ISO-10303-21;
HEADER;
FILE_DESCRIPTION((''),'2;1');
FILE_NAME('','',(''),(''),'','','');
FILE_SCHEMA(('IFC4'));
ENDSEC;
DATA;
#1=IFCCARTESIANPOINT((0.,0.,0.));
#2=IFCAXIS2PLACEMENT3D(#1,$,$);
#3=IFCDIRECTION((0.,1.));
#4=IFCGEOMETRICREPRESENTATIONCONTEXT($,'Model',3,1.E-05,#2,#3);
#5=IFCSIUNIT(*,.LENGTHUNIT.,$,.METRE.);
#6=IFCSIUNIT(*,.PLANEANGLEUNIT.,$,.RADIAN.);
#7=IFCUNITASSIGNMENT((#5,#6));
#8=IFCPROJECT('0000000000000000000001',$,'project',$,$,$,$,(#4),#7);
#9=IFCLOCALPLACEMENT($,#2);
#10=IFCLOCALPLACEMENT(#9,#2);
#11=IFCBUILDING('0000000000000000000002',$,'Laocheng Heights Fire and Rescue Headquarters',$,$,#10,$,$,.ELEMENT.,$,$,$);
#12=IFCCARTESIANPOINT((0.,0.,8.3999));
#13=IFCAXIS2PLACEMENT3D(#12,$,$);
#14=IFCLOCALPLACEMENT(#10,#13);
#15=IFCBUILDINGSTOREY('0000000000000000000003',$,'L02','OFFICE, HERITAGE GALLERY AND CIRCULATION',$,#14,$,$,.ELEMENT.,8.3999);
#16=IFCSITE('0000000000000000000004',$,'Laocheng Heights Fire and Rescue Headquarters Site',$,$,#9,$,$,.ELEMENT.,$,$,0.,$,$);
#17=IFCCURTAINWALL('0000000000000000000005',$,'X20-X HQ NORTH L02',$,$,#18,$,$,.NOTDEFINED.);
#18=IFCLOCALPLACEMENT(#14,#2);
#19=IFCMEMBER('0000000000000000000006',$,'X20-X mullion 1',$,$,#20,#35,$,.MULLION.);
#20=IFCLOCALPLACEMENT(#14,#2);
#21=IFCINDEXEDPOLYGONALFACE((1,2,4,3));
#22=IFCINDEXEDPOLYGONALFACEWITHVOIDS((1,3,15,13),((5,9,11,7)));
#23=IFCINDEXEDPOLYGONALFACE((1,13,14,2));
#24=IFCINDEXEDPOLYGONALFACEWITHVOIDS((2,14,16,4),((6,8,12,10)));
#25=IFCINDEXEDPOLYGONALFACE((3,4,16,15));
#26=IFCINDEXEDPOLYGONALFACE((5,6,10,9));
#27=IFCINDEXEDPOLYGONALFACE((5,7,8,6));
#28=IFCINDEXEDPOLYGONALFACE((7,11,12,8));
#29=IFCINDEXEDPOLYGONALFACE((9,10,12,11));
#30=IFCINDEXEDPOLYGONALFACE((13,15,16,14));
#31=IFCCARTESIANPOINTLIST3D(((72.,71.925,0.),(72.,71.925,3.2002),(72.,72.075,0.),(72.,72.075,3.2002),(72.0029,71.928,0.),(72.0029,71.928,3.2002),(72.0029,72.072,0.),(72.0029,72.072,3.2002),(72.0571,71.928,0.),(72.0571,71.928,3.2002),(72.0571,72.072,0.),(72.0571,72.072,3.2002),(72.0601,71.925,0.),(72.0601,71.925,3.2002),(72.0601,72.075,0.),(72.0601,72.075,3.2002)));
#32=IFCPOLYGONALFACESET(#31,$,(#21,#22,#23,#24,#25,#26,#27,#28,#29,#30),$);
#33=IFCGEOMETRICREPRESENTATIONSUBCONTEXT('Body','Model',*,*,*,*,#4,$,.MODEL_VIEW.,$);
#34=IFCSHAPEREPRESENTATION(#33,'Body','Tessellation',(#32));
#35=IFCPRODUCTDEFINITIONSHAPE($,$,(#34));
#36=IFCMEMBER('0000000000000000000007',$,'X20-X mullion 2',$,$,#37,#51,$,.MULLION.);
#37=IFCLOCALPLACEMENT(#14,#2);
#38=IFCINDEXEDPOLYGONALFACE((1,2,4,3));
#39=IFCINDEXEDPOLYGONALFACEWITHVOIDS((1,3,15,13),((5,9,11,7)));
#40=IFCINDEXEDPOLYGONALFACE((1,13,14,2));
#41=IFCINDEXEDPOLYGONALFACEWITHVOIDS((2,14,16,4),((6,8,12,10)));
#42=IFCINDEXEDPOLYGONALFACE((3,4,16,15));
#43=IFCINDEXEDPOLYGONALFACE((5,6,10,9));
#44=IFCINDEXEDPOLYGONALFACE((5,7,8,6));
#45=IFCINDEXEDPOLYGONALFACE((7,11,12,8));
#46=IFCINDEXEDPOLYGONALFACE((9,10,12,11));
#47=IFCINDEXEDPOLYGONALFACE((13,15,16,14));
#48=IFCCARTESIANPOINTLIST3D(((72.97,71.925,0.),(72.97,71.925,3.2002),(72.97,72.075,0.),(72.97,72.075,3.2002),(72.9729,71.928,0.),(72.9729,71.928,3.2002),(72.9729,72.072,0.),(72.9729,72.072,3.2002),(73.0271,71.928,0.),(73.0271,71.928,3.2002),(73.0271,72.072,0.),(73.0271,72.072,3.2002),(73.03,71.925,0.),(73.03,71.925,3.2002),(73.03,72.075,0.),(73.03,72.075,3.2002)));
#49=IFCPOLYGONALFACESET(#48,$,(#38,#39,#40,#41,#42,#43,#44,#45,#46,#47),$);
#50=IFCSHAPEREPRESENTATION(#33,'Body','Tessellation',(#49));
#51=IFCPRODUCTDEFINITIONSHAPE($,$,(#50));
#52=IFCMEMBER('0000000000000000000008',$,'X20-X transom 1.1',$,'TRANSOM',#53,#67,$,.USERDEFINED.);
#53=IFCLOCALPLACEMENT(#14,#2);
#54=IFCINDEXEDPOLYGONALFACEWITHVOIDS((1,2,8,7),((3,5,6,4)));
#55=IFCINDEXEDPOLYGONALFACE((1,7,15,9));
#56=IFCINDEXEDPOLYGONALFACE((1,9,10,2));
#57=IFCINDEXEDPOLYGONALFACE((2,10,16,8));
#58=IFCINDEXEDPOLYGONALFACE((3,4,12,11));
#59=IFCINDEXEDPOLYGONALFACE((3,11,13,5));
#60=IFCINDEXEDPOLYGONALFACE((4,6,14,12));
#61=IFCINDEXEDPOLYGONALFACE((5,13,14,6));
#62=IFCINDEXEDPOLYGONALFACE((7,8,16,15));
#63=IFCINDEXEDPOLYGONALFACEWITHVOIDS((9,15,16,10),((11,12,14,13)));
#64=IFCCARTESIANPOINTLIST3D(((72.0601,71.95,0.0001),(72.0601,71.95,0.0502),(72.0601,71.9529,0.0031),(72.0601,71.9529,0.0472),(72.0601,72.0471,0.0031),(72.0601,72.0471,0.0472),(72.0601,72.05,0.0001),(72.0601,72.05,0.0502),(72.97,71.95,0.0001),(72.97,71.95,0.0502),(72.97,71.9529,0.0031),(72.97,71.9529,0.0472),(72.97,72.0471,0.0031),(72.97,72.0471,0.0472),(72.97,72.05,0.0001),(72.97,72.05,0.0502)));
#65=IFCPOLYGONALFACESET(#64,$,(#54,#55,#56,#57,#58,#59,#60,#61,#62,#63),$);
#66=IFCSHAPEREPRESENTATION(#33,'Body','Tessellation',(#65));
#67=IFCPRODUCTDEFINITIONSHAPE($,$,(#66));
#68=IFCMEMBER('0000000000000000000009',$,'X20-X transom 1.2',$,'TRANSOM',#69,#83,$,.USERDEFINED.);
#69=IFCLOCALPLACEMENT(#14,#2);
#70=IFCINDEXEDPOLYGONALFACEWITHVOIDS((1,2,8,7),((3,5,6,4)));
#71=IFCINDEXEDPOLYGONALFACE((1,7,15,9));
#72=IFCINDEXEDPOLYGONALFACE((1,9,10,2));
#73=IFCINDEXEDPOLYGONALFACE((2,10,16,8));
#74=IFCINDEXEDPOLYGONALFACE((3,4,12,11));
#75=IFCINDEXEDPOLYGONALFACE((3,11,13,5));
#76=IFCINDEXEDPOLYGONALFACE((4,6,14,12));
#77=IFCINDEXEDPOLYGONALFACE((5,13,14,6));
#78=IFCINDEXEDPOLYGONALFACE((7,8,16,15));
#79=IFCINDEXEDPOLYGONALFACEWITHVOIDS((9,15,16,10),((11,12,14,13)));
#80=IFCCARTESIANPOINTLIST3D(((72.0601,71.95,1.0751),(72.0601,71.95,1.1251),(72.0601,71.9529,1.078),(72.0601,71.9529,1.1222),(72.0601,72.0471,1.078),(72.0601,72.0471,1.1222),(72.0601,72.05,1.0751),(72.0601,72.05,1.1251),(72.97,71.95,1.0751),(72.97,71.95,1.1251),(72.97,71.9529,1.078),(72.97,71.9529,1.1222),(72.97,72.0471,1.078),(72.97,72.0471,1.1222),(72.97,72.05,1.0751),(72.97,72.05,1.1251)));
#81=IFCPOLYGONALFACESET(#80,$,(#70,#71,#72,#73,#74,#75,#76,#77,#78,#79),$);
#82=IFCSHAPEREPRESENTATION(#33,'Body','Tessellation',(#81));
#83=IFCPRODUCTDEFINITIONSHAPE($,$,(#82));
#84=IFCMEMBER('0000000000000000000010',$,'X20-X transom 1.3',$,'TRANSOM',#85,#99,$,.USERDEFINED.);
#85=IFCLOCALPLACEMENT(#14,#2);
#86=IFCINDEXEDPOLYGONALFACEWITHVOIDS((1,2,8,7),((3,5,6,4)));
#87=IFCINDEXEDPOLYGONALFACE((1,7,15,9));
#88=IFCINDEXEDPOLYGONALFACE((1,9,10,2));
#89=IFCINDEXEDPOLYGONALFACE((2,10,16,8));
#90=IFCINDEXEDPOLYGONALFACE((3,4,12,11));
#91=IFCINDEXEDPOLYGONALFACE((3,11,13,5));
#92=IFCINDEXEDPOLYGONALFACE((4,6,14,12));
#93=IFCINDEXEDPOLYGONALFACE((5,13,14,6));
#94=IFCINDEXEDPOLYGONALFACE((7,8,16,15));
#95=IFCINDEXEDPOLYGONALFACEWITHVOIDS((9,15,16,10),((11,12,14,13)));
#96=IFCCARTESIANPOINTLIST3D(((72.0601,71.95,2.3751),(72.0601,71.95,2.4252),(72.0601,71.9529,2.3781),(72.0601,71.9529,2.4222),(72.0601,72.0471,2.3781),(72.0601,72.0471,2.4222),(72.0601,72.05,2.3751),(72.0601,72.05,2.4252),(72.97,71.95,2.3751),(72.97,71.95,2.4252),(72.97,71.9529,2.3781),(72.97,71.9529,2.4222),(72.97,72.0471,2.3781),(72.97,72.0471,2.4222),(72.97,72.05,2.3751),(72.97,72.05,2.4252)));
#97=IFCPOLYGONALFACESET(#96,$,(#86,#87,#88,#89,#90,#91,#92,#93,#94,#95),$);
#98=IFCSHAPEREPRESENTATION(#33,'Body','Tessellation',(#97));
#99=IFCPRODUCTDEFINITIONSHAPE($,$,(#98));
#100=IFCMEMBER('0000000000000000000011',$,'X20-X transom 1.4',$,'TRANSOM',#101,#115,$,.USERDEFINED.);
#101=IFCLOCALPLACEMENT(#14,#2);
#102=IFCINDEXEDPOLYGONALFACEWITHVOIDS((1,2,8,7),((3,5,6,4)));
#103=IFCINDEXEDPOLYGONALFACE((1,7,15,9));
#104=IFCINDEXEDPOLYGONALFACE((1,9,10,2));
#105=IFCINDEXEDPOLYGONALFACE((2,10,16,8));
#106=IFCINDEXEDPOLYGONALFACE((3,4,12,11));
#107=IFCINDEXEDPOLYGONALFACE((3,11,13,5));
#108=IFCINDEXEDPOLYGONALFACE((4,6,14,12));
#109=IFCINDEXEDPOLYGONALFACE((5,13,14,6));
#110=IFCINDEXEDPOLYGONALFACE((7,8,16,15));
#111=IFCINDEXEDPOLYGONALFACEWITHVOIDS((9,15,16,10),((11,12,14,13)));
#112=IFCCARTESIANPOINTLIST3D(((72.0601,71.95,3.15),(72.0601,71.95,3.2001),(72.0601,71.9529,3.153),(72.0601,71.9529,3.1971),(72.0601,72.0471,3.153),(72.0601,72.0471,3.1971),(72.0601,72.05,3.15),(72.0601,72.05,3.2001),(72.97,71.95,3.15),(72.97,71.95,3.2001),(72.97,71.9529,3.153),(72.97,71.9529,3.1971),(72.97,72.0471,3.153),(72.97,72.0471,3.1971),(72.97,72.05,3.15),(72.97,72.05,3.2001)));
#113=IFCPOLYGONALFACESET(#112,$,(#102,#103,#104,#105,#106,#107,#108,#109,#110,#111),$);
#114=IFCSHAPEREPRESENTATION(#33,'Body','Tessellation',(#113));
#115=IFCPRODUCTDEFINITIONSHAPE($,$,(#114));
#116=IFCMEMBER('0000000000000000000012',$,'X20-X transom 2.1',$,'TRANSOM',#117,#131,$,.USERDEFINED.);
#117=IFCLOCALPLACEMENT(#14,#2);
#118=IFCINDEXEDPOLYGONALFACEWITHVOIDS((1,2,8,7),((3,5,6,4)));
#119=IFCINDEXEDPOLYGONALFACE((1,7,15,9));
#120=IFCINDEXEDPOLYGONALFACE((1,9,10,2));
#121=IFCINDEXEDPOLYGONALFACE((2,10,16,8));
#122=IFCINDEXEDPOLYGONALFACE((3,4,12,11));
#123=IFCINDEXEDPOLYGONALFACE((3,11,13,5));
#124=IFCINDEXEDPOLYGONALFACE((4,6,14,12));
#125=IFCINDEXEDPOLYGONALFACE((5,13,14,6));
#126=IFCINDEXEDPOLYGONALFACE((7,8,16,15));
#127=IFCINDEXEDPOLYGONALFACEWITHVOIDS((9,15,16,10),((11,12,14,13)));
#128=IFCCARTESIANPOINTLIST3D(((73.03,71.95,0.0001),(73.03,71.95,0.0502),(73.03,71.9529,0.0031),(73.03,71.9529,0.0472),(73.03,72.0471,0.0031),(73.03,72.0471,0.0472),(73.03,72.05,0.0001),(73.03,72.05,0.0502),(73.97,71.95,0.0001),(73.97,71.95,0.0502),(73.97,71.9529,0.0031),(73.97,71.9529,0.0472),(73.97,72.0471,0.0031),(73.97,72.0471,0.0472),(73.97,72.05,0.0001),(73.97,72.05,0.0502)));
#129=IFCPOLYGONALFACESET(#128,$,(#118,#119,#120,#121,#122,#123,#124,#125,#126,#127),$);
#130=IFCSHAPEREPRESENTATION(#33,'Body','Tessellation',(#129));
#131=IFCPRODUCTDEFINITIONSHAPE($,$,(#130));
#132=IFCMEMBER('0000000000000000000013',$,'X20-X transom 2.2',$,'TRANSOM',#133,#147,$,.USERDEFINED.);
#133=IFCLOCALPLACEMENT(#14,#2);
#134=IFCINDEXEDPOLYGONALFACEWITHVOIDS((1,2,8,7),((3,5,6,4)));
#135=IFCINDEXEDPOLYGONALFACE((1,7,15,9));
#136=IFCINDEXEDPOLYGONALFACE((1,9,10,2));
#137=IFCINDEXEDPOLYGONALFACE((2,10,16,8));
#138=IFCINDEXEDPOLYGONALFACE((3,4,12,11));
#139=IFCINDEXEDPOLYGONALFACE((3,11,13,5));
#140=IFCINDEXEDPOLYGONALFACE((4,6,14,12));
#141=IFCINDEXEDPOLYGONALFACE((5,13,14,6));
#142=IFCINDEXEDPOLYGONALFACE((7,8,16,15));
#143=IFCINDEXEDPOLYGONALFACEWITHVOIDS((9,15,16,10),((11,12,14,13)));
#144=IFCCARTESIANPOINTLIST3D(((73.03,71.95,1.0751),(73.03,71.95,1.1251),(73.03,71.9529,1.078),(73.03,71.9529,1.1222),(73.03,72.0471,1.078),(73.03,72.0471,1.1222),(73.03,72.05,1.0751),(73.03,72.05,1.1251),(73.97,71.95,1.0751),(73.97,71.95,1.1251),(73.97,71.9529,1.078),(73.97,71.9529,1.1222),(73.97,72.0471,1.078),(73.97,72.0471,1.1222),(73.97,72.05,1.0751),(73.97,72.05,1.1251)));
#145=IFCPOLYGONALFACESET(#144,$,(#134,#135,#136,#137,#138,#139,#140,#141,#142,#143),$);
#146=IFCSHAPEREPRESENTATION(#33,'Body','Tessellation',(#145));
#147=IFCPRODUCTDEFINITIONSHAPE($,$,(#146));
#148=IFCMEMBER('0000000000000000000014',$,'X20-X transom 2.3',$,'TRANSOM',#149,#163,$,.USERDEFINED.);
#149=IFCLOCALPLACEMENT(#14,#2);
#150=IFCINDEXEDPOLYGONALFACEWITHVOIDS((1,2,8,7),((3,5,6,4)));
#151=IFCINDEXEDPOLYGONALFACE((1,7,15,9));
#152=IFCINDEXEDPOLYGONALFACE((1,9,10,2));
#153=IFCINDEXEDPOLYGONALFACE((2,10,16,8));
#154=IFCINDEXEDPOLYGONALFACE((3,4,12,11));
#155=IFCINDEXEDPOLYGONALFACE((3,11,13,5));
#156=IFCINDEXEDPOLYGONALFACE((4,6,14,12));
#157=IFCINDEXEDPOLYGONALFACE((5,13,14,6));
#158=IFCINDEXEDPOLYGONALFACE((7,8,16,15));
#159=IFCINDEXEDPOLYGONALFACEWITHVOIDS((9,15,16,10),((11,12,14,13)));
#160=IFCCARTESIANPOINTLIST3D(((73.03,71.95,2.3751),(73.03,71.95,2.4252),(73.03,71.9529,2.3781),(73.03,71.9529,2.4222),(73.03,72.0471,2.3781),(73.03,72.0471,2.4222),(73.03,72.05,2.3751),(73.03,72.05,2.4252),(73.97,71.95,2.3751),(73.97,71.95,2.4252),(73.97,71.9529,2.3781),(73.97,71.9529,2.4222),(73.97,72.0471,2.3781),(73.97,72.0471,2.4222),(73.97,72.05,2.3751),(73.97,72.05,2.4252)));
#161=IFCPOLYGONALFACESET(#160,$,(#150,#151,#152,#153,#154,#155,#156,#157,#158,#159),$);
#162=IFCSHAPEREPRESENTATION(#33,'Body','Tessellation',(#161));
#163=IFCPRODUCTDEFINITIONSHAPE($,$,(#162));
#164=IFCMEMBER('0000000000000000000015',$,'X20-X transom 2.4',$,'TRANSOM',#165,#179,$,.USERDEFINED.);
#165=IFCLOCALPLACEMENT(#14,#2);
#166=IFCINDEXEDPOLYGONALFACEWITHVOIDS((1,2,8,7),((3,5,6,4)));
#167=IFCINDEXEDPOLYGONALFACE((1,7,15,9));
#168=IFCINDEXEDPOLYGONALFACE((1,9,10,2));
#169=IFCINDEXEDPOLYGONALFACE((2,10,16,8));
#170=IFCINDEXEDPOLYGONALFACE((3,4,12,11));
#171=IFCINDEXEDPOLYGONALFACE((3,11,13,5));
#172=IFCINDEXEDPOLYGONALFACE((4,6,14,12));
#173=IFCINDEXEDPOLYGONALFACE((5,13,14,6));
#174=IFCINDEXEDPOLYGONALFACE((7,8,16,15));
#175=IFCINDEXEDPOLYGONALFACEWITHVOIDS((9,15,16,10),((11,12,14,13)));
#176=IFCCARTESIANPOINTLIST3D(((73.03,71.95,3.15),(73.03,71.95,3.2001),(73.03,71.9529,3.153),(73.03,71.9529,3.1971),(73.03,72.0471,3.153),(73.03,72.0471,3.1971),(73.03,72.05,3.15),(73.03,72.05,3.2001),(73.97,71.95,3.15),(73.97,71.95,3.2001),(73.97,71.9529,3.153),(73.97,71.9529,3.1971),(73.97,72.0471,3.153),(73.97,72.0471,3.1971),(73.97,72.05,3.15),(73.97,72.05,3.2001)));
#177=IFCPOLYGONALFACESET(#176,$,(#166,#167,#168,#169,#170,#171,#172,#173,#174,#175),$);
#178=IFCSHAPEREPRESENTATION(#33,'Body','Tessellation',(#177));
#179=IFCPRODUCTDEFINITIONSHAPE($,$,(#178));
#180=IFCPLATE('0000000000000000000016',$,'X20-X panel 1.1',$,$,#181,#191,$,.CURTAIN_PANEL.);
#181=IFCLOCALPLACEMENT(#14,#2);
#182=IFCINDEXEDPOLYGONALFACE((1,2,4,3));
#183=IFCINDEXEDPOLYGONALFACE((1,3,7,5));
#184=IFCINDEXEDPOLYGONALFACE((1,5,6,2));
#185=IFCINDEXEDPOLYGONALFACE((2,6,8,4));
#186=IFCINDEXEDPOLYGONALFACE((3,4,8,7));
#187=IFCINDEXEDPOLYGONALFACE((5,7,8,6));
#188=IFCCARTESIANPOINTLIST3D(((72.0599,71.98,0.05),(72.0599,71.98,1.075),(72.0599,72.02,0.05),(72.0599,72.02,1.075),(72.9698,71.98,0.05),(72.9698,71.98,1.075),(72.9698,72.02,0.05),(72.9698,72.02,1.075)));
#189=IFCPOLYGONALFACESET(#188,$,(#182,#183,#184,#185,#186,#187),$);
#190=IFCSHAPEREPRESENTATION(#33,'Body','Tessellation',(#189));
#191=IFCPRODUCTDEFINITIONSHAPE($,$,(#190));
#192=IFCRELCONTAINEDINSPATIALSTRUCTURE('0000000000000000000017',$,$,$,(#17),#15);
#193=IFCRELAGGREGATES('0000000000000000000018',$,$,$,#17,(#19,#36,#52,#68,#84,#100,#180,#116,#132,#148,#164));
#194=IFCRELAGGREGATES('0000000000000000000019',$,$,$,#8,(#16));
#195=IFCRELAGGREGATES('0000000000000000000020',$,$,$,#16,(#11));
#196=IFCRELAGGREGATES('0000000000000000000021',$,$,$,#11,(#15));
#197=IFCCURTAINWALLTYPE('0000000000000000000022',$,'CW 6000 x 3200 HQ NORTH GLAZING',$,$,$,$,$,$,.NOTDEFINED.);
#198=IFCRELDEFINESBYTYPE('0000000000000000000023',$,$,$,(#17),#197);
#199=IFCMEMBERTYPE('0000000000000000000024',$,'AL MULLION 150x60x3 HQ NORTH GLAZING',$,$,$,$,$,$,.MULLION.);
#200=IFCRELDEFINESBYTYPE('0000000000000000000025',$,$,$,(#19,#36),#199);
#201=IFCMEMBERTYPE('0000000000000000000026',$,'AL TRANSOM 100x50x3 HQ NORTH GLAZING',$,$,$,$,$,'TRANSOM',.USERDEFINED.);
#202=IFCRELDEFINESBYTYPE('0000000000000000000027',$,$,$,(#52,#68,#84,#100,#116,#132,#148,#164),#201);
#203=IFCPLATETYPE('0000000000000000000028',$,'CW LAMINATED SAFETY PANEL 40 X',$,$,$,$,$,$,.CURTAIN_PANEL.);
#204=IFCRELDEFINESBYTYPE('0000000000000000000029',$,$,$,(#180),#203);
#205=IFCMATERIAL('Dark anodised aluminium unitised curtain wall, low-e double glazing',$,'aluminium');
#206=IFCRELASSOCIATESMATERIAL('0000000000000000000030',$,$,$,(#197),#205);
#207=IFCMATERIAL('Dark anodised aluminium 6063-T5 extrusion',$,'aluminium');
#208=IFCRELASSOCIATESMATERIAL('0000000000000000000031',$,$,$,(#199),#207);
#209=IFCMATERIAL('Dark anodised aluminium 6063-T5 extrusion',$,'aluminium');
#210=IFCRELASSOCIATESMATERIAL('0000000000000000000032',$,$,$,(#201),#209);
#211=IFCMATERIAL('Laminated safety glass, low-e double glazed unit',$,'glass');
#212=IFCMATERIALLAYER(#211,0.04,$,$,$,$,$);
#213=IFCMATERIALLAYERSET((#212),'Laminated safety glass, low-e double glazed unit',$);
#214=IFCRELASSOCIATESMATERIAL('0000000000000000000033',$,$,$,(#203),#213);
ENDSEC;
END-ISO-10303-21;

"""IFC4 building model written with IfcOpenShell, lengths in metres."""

from ifc_helpers import new_model, si_unit, direction, frame, origin, origin_2d, place, context, subcontext, project, spatial, rectangle, hollow_rectangle, extrude, material, layer, layer_set, material_profile, profile_set, type_object, element, aggregate, save


model = new_model("IFC4")

# Units and contexts
model_context = context("Model", 3, precision=1e-05, world=origin(), true_north=direction((0.0, 1.0)))
body_context = subcontext(model_context, "Body", "Model", "MODEL_VIEW")
ifc_project = project(units=[si_unit("LENGTHUNIT", "METRE"), si_unit("PLANEANGLEUNIT", "RADIAN")], contexts=[model_context])

# Site, building, storey
site_placement = place(None, origin())
site = spatial("IfcSite", under=ifc_project, at=site_placement, Name="Laocheng Heights Fire and Rescue Headquarters Site", CompositionType="ELEMENT", RefElevation=0.0)
building_placement = place(site_placement, origin())
building = spatial("IfcBuilding", under=site, at=building_placement, Name="Laocheng Heights Fire and Rescue Headquarters", CompositionType="ELEMENT")
storey_placement = place(building_placement, frame((0.0, 0.0, 8.3999)))
storey = spatial("IfcBuildingStorey", under=building, at=storey_placement, Name="L02", Description="OFFICE, HERITAGE GALLERY AND CIRCULATION", CompositionType="ELEMENT", Elevation=8.3999)

# Curtain wall, members, plate
ifc_material_1 = material(Name="Dark anodised aluminium unitised curtain wall, low-e double glazing", Category="aluminium")
curtain_wall_type = type_object("IfcCurtainWallType", Name="CW 6000 x 3200 HQ NORTH GLAZING", PredefinedType="NOTDEFINED", material=ifc_material_1)
curtain_wall_placement = place(storey_placement, origin())
curtain_wall = element("IfcCurtainWall", 1, at=curtain_wall_placement, inside=storey, type_object=curtain_wall_type, Name="X20-X HQ NORTH L02", PredefinedType="NOTDEFINED")
ifc_material_2 = material(Name="Dark anodised aluminium 6063-T5 extrusion", Category="aluminium")
ifc_material_profile_1 = material_profile(ifc_material_2, hollow_rectangle(XDim=0.1499, YDim=0.0601, WallThickness=0.0029, at=origin_2d()), Name="AL MULLION 150x60x3 HQ NORTH GLAZING")
ifc_profile_set_1 = profile_set([ifc_material_profile_1], Name="Dark anodised aluminium 6063-T5 extrusion")
member_type_1 = type_object("IfcMemberType", Name="AL MULLION 150x60x3 HQ NORTH GLAZING", PredefinedType="MULLION", material=ifc_profile_set_1)
member_1_placement = place(storey_placement, frame((72.03, 72.0, 0.0), z_axis=(0.0, 0.0, 1.0), x_axis=(0.0, 1.0, 0.0)))
member_1 = element("IfcMember", 2, at=member_1_placement, type_object=member_type_1, Name="X20-X mullion 1", PredefinedType="MULLION", context=body_context, shape_type="SweptSolid", body=[
    extrude(hollow_rectangle(XDim=0.1499, YDim=0.0601, WallThickness=0.0029, at=origin_2d()), origin(), (0.0, 0.0, 1.0), 3.2002),
])
member_2_placement = place(storey_placement, frame((73.0, 72.0, 0.0), z_axis=(0.0, 0.0, 1.0), x_axis=(0.0, 1.0, 0.0)))
member_2 = element("IfcMember", 3, at=member_2_placement, type_object=member_type_1, Name="X20-X mullion 2", PredefinedType="MULLION", context=body_context, shape_type="SweptSolid", body=[
    extrude(hollow_rectangle(XDim=0.1499, YDim=0.0601, WallThickness=0.0029, at=origin_2d()), origin(), (0.0, 0.0, 1.0), 3.2002),
])
ifc_material_3 = material(Name="Dark anodised aluminium 6063-T5 extrusion", Category="aluminium")
ifc_material_profile_2 = material_profile(ifc_material_3, hollow_rectangle(XDim=0.1001, YDim=0.05, WallThickness=0.0029, at=origin_2d()), Name="AL TRANSOM 100x50x3 HQ NORTH GLAZING")
ifc_profile_set_2 = profile_set([ifc_material_profile_2], Name="Dark anodised aluminium 6063-T5 extrusion")
member_type_2 = type_object("IfcMemberType", Name="AL TRANSOM 100x50x3 HQ NORTH GLAZING", ElementType="TRANSOM", PredefinedType="USERDEFINED", material=ifc_profile_set_2)
member_3_placement = place(storey_placement, frame((72.0601, 72.0, 0.0251), z_axis=(1.0, 0.0, 0.0), x_axis=(0.0, 1.0, 0.0)))
member_3 = element("IfcMember", 4, at=member_3_placement, type_object=member_type_2, Name="X20-X transom 1.1", ObjectType="TRANSOM", PredefinedType="USERDEFINED", context=body_context, shape_type="SweptSolid", body=[
    extrude(hollow_rectangle(XDim=0.1001, YDim=0.05, WallThickness=0.0029, at=origin_2d()), origin(), (0.0, 0.0, 1.0), 0.9099),
])
member_4_placement = place(storey_placement, frame((72.0601, 72.0, 1.1001), z_axis=(1.0, 0.0, 0.0), x_axis=(0.0, 1.0, 0.0)))
member_4 = element("IfcMember", 5, at=member_4_placement, type_object=member_type_2, Name="X20-X transom 1.2", ObjectType="TRANSOM", PredefinedType="USERDEFINED", context=body_context, shape_type="SweptSolid", body=[
    extrude(hollow_rectangle(XDim=0.1001, YDim=0.05, WallThickness=0.0029, at=origin_2d()), origin(), (0.0, 0.0, 1.0), 0.9099),
])
member_5_placement = place(storey_placement, frame((72.0601, 72.0, 2.4001), z_axis=(1.0, 0.0, 0.0), x_axis=(0.0, 1.0, 0.0)))
member_5 = element("IfcMember", 6, at=member_5_placement, type_object=member_type_2, Name="X20-X transom 1.3", ObjectType="TRANSOM", PredefinedType="USERDEFINED", context=body_context, shape_type="SweptSolid", body=[
    extrude(hollow_rectangle(XDim=0.1001, YDim=0.05, WallThickness=0.0029, at=origin_2d()), origin(), (0.0, 0.0, 1.0), 0.9099),
])
member_6_placement = place(storey_placement, frame((72.0601, 72.0, 3.175), z_axis=(1.0, 0.0, 0.0), x_axis=(0.0, 1.0, 0.0)))
member_6 = element("IfcMember", 7, at=member_6_placement, type_object=member_type_2, Name="X20-X transom 1.4", ObjectType="TRANSOM", PredefinedType="USERDEFINED", context=body_context, shape_type="SweptSolid", body=[
    extrude(hollow_rectangle(XDim=0.1001, YDim=0.05, WallThickness=0.0029, at=origin_2d()), origin(), (0.0, 0.0, 1.0), 0.9099),
])
member_7_placement = place(storey_placement, frame((73.03, 72.0, 0.0251), z_axis=(1.0, 0.0, 0.0), x_axis=(0.0, 1.0, 0.0)))
member_7 = element("IfcMember", 8, at=member_7_placement, type_object=member_type_2, Name="X20-X transom 2.1", ObjectType="TRANSOM", PredefinedType="USERDEFINED", context=body_context, shape_type="SweptSolid", body=[
    extrude(hollow_rectangle(XDim=0.1001, YDim=0.05, WallThickness=0.0029, at=origin_2d()), origin(), (0.0, 0.0, 1.0), 0.9399),
])
member_8_placement = place(storey_placement, frame((73.03, 72.0, 1.1001), z_axis=(1.0, 0.0, 0.0), x_axis=(0.0, 1.0, 0.0)))
member_8 = element("IfcMember", 9, at=member_8_placement, type_object=member_type_2, Name="X20-X transom 2.2", ObjectType="TRANSOM", PredefinedType="USERDEFINED", context=body_context, shape_type="SweptSolid", body=[
    extrude(hollow_rectangle(XDim=0.1001, YDim=0.05, WallThickness=0.0029, at=origin_2d()), origin(), (0.0, 0.0, 1.0), 0.9399),
])
member_9_placement = place(storey_placement, frame((73.03, 72.0, 2.4001), z_axis=(1.0, 0.0, 0.0), x_axis=(0.0, 1.0, 0.0)))
member_9 = element("IfcMember", 10, at=member_9_placement, type_object=member_type_2, Name="X20-X transom 2.3", ObjectType="TRANSOM", PredefinedType="USERDEFINED", context=body_context, shape_type="SweptSolid", body=[
    extrude(hollow_rectangle(XDim=0.1001, YDim=0.05, WallThickness=0.0029, at=origin_2d()), origin(), (0.0, 0.0, 1.0), 0.9399),
])
member_10_placement = place(storey_placement, frame((73.03, 72.0, 3.175), z_axis=(1.0, 0.0, 0.0), x_axis=(0.0, 1.0, 0.0)))
member_10 = element("IfcMember", 11, at=member_10_placement, type_object=member_type_2, Name="X20-X transom 2.4", ObjectType="TRANSOM", PredefinedType="USERDEFINED", context=body_context, shape_type="SweptSolid", body=[
    extrude(hollow_rectangle(XDim=0.1001, YDim=0.05, WallThickness=0.0029, at=origin_2d()), origin(), (0.0, 0.0, 1.0), 0.9399),
])
ifc_material_4 = material(Name="Laminated safety glass, low-e double glazed unit", Category="glass")
ifc_layer_1 = layer(ifc_material_4, 0.04)
ifc_layer_set_1 = layer_set([ifc_layer_1], Name="Laminated safety glass, low-e double glazed unit")
plate_type_1 = type_object("IfcPlateType", Name="CW LAMINATED SAFETY PANEL 40 X", PredefinedType="CURTAIN_PANEL", material=ifc_layer_set_1)
plate_1_placement = place(storey_placement, frame((72.5149, 72.0, 0.05), z_axis=(0.0, 0.0, 1.0), x_axis=(1.0, 0.0, 0.0)))
plate_1 = element("IfcPlate", 12, at=plate_1_placement, type_object=plate_type_1, Name="X20-X panel 1.1", PredefinedType="CURTAIN_PANEL", context=body_context, shape_type="SweptSolid", body=[
    extrude(rectangle(XDim=0.9099, YDim=0.04, at=origin_2d()), origin(), (0.0, 0.0, 1.0), 1.0249),
])
aggregate(curtain_wall, [member_1, member_2, member_3, member_4, member_5, member_6, plate_1, member_7, member_8, member_9, member_10])

save(model, "model.ifc")
